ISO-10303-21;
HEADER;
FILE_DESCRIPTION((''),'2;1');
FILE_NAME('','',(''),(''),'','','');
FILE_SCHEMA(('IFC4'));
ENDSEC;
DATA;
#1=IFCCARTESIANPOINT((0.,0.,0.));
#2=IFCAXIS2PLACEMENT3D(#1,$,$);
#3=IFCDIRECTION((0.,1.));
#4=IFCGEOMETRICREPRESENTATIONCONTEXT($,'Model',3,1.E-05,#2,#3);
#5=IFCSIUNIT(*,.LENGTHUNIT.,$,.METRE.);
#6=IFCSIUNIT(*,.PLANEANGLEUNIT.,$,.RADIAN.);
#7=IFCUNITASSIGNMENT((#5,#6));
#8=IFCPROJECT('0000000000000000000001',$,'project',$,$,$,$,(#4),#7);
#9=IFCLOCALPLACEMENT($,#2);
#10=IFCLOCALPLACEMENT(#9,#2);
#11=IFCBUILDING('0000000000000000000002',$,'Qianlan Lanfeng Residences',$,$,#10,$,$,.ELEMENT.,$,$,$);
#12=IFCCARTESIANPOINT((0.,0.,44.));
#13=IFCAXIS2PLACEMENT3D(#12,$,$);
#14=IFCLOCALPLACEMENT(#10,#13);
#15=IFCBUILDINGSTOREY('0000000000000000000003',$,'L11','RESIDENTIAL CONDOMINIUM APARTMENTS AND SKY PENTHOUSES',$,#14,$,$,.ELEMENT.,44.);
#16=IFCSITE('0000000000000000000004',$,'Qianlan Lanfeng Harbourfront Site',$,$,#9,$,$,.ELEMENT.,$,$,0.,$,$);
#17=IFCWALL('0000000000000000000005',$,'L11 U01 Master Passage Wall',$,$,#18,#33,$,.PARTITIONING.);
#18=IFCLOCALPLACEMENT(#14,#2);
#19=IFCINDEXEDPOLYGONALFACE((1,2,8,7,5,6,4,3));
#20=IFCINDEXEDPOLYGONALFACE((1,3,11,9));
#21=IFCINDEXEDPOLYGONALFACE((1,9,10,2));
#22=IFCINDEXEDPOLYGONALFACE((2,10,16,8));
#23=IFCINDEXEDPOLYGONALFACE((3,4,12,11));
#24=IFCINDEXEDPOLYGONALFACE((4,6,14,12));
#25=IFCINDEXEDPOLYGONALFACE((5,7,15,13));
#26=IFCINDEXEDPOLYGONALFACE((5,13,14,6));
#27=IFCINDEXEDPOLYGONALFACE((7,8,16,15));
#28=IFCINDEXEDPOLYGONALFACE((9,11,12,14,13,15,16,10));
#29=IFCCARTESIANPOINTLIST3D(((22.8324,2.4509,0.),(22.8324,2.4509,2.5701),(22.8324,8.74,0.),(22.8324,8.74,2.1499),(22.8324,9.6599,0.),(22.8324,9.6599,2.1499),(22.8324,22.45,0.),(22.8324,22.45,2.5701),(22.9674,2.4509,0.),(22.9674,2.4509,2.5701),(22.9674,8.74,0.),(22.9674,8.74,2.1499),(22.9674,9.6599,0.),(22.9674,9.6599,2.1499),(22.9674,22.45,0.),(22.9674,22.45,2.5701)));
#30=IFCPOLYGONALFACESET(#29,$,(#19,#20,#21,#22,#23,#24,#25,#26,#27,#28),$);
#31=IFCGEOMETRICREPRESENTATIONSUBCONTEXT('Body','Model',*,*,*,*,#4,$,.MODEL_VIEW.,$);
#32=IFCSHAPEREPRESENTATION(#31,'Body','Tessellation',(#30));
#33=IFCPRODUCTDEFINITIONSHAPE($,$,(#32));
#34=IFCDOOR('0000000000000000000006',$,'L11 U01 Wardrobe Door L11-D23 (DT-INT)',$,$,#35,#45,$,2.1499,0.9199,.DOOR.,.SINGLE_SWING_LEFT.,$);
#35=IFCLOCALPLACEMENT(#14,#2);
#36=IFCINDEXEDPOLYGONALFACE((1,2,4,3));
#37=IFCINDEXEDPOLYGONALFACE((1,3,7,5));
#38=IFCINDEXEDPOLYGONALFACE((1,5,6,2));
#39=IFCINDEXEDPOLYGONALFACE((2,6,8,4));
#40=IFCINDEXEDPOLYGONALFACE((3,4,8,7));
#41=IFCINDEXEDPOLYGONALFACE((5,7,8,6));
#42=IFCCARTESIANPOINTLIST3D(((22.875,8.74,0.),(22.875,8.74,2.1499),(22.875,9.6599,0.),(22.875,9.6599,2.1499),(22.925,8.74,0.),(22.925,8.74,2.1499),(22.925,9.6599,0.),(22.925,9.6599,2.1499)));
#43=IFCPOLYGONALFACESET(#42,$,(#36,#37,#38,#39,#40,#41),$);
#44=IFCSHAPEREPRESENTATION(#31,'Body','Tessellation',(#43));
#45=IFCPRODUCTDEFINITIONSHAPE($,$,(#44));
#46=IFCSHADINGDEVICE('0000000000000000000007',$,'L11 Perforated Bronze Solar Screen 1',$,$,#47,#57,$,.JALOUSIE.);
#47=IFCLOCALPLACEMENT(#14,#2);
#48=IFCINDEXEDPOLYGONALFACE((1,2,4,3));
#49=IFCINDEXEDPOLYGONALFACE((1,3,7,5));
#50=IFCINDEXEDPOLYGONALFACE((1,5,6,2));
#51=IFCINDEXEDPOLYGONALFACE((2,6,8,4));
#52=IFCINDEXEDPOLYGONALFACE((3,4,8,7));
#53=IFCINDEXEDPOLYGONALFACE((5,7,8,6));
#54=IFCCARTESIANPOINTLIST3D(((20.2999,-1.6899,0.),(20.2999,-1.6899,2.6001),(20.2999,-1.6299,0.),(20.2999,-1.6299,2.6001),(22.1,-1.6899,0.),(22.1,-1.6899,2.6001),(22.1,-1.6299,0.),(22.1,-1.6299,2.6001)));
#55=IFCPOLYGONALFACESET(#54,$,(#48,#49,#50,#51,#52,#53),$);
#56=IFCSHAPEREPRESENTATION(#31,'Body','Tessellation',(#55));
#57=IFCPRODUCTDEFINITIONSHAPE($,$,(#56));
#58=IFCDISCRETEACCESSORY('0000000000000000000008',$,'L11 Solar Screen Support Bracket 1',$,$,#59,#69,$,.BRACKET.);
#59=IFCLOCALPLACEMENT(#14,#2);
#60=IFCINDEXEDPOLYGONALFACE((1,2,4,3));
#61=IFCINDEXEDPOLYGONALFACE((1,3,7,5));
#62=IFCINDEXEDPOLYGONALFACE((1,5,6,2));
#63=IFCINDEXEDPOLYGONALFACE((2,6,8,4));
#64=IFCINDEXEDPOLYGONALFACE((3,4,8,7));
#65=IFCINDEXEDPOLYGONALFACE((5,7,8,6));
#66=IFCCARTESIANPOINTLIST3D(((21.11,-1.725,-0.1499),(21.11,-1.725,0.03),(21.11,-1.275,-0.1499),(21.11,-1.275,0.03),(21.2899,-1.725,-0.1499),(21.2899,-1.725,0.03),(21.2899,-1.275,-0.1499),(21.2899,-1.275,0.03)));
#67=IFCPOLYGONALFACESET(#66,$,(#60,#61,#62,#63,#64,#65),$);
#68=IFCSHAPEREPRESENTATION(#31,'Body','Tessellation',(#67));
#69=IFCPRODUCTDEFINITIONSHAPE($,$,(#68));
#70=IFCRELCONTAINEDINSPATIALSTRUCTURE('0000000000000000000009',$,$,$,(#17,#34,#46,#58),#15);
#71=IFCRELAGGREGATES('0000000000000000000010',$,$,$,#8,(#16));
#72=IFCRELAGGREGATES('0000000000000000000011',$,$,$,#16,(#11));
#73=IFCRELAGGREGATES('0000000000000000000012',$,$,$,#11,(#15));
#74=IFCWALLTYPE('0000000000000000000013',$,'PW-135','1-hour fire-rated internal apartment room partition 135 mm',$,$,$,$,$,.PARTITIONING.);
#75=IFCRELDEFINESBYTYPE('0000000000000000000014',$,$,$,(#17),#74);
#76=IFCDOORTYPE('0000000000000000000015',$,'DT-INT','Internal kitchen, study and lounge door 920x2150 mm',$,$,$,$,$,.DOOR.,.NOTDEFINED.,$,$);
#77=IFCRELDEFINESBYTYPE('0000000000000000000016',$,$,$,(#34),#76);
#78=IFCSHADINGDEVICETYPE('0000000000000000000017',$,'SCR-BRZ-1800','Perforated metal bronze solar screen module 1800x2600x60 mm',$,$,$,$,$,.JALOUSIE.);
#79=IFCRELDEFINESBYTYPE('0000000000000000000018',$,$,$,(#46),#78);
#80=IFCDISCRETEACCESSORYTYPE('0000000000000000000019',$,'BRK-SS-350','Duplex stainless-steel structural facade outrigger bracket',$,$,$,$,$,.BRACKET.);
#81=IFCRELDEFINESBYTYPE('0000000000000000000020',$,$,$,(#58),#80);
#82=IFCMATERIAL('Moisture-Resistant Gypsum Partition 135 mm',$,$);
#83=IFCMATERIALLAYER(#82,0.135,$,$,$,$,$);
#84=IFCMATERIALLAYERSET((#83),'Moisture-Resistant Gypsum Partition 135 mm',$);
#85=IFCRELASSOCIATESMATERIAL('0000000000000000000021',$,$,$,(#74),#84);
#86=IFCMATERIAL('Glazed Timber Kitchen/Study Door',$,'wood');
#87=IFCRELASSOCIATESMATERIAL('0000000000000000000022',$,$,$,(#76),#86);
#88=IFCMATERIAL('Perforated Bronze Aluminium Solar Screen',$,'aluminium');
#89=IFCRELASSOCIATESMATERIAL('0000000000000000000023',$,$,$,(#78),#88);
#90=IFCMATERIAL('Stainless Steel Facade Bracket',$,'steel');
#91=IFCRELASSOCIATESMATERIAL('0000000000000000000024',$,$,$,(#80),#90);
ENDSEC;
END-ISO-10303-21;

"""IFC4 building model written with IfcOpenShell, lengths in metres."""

from ifc_helpers import new_model, si_unit, direction, frame, frame_2d, origin, origin_2d, place, context, subcontext, project, spatial, rectangle, extrude, source, transform, mapped, material, layer, layer_set, type_object, element, fill, save


model = new_model("IFC4")

# Units and contexts
model_context = context("Model", 3, precision=1e-05, world=origin(), true_north=direction((0.0, 1.0)))
body_context = subcontext(model_context, "Body", "Model", "MODEL_VIEW")
ifc_project = project(units=[si_unit("LENGTHUNIT", "METRE"), si_unit("PLANEANGLEUNIT", "RADIAN")], contexts=[model_context])

# Site, building, storey
site_placement = place(None, origin())
site = spatial("IfcSite", under=ifc_project, at=site_placement, Name="Qianlan Lanfeng Harbourfront Site", CompositionType="ELEMENT", RefElevation=0.0)
building_placement = place(site_placement, origin())
building = spatial("IfcBuilding", under=site, at=building_placement, Name="Qianlan Lanfeng Residences", CompositionType="ELEMENT")
storey_placement = place(building_placement, frame((0.0, 0.0, 44.0)))
storey = spatial("IfcBuildingStorey", under=building, at=storey_placement, Name="L11", Description="RESIDENTIAL CONDOMINIUM APARTMENTS AND SKY PENTHOUSES", CompositionType="ELEMENT", Elevation=44.0)

# Shared definitions
ifc_material_1 = material(Name="Moisture-Resistant Gypsum Partition 135 mm")
ifc_layer_1 = layer(ifc_material_1, 0.135)
ifc_layer_set_1 = layer_set([ifc_layer_1], Name="Moisture-Resistant Gypsum Partition 135 mm")
wall_type_1 = type_object("IfcWallType", Name="PW-135", Description="1-hour fire-rated internal apartment room partition 135 mm", PredefinedType="PARTITIONING", material=ifc_layer_set_1)
ifc_material_2 = material(Name="Glazed Timber Kitchen/Study Door", Category="wood")
door_type_1 = type_object("IfcDoorType", Name="DT-INT", Description="Internal kitchen, study and lounge door 920x2150 mm", OperationType="NOTDEFINED", PredefinedType="DOOR", material=ifc_material_2)

# Wall, opening, door
wall_1_placement = place(storey_placement, frame((22.8999, 2.4509, 0.0), z_axis=(0.0, 0.0, 1.0), x_axis=(0.0, 1.0, 0.0)))
wall_1 = element("IfcWall", 1, at=wall_1_placement, inside=storey, type_object=wall_type_1, Name="L11 U01 Master Passage Wall", PredefinedType="PARTITIONING", context=body_context, shape_type="SweptSolid", body=[
    extrude(rectangle(XDim=19.999, YDim=0.135, at=frame_2d((9.9995, 0.0))), origin(), (0.0, 0.0, 1.0), 2.5701),
])
opening_1_placement = place(wall_1_placement, frame((6.2891, 0.0, 0.0)))
opening_1 = element("IfcOpeningElement", 2, at=opening_1_placement, cuts=wall_1, PredefinedType="OPENING", context=body_context, shape_type="SweptSolid", body=[
    extrude(rectangle(XDim=0.9199, YDim=2.1499, at=frame_2d((0.46, 1.075))), frame((0.0, 0.0776, 0.0), z_axis=(0.0, -1.0, 0.0), x_axis=(1.0, 0.0, 0.0)), (0.0, 0.0, 1.0), 0.155),
])
door_1_placement = place(opening_1_placement, origin())
door_1 = element("IfcDoor", 3, at=door_1_placement, inside=storey, type_object=door_type_1, Name="L11 U01 Wardrobe Door L11-D23 (DT-INT)", OperationType="SINGLE_SWING_LEFT", OverallHeight=2.1499, OverallWidth=0.9199, PredefinedType="DOOR", context=body_context, shape_type="SweptSolid", body=[
    extrude(rectangle(XDim=0.9199, YDim=2.1499, at=frame_2d((0.46, 1.075))), frame((0.0, 0.0249, 0.0), z_axis=(0.0, -1.0, 0.0), x_axis=(1.0, 0.0, 0.0)), (0.0, 0.0, 1.0), 0.05),
])
fill(opening_1, door_1)

# Shading device
ifc_material_3 = material(Name="Perforated Bronze Aluminium Solar Screen", Category="aluminium")
shading_device_type = type_object("IfcShadingDeviceType", Name="SCR-BRZ-1800", Description="Perforated metal bronze solar screen module 1800x2600x60 mm", PredefinedType="JALOUSIE", material=ifc_material_3)
shared_shape_1 = source(origin(), body_context, "Body", "SweptSolid", [
    extrude(rectangle(XDim=1.8, YDim=0.0601, at=origin_2d()), origin(), (0.0, 0.0, 1.0), 2.6001),
])
shading_device_placement = place(storey_placement, frame((21.2, -1.6599, 0.0), z_axis=(0.0, 0.0, 1.0), x_axis=(1.0, 0.0, 0.0)))
element("IfcShadingDevice", 4, at=shading_device_placement, inside=storey, type_object=shading_device_type, Name="L11 Perforated Bronze Solar Screen 1", PredefinedType="JALOUSIE", context=body_context, shape_type="MappedRepresentation", body=[
    mapped(shared_shape_1, transform((0.0, 0.0, 0.0), scale=1.0)),
])

# Discrete accessory
ifc_material_4 = material(Name="Stainless Steel Facade Bracket", Category="steel")
discrete_accessory_type = type_object("IfcDiscreteAccessoryType", Name="BRK-SS-350", Description="Duplex stainless-steel structural facade outrigger bracket", PredefinedType="BRACKET", material=ifc_material_4)
shared_shape_2 = source(origin(), body_context, "Body", "SweptSolid", [
    extrude(rectangle(XDim=0.1799, YDim=0.45, at=origin_2d()), origin(), (0.0, 0.0, 1.0), 0.1799),
])
discrete_accessory_placement = place(storey_placement, frame((21.2, -1.5, -0.1499), z_axis=(0.0, 0.0, 1.0), x_axis=(1.0, 0.0, 0.0)))
element("IfcDiscreteAccessory", 5, at=discrete_accessory_placement, inside=storey, type_object=discrete_accessory_type, Name="L11 Solar Screen Support Bracket 1", PredefinedType="BRACKET", context=body_context, shape_type="MappedRepresentation", body=[
    mapped(shared_shape_2, transform((0.0, 0.0, 0.0), scale=1.0)),
])

save(model, "model.ifc")
